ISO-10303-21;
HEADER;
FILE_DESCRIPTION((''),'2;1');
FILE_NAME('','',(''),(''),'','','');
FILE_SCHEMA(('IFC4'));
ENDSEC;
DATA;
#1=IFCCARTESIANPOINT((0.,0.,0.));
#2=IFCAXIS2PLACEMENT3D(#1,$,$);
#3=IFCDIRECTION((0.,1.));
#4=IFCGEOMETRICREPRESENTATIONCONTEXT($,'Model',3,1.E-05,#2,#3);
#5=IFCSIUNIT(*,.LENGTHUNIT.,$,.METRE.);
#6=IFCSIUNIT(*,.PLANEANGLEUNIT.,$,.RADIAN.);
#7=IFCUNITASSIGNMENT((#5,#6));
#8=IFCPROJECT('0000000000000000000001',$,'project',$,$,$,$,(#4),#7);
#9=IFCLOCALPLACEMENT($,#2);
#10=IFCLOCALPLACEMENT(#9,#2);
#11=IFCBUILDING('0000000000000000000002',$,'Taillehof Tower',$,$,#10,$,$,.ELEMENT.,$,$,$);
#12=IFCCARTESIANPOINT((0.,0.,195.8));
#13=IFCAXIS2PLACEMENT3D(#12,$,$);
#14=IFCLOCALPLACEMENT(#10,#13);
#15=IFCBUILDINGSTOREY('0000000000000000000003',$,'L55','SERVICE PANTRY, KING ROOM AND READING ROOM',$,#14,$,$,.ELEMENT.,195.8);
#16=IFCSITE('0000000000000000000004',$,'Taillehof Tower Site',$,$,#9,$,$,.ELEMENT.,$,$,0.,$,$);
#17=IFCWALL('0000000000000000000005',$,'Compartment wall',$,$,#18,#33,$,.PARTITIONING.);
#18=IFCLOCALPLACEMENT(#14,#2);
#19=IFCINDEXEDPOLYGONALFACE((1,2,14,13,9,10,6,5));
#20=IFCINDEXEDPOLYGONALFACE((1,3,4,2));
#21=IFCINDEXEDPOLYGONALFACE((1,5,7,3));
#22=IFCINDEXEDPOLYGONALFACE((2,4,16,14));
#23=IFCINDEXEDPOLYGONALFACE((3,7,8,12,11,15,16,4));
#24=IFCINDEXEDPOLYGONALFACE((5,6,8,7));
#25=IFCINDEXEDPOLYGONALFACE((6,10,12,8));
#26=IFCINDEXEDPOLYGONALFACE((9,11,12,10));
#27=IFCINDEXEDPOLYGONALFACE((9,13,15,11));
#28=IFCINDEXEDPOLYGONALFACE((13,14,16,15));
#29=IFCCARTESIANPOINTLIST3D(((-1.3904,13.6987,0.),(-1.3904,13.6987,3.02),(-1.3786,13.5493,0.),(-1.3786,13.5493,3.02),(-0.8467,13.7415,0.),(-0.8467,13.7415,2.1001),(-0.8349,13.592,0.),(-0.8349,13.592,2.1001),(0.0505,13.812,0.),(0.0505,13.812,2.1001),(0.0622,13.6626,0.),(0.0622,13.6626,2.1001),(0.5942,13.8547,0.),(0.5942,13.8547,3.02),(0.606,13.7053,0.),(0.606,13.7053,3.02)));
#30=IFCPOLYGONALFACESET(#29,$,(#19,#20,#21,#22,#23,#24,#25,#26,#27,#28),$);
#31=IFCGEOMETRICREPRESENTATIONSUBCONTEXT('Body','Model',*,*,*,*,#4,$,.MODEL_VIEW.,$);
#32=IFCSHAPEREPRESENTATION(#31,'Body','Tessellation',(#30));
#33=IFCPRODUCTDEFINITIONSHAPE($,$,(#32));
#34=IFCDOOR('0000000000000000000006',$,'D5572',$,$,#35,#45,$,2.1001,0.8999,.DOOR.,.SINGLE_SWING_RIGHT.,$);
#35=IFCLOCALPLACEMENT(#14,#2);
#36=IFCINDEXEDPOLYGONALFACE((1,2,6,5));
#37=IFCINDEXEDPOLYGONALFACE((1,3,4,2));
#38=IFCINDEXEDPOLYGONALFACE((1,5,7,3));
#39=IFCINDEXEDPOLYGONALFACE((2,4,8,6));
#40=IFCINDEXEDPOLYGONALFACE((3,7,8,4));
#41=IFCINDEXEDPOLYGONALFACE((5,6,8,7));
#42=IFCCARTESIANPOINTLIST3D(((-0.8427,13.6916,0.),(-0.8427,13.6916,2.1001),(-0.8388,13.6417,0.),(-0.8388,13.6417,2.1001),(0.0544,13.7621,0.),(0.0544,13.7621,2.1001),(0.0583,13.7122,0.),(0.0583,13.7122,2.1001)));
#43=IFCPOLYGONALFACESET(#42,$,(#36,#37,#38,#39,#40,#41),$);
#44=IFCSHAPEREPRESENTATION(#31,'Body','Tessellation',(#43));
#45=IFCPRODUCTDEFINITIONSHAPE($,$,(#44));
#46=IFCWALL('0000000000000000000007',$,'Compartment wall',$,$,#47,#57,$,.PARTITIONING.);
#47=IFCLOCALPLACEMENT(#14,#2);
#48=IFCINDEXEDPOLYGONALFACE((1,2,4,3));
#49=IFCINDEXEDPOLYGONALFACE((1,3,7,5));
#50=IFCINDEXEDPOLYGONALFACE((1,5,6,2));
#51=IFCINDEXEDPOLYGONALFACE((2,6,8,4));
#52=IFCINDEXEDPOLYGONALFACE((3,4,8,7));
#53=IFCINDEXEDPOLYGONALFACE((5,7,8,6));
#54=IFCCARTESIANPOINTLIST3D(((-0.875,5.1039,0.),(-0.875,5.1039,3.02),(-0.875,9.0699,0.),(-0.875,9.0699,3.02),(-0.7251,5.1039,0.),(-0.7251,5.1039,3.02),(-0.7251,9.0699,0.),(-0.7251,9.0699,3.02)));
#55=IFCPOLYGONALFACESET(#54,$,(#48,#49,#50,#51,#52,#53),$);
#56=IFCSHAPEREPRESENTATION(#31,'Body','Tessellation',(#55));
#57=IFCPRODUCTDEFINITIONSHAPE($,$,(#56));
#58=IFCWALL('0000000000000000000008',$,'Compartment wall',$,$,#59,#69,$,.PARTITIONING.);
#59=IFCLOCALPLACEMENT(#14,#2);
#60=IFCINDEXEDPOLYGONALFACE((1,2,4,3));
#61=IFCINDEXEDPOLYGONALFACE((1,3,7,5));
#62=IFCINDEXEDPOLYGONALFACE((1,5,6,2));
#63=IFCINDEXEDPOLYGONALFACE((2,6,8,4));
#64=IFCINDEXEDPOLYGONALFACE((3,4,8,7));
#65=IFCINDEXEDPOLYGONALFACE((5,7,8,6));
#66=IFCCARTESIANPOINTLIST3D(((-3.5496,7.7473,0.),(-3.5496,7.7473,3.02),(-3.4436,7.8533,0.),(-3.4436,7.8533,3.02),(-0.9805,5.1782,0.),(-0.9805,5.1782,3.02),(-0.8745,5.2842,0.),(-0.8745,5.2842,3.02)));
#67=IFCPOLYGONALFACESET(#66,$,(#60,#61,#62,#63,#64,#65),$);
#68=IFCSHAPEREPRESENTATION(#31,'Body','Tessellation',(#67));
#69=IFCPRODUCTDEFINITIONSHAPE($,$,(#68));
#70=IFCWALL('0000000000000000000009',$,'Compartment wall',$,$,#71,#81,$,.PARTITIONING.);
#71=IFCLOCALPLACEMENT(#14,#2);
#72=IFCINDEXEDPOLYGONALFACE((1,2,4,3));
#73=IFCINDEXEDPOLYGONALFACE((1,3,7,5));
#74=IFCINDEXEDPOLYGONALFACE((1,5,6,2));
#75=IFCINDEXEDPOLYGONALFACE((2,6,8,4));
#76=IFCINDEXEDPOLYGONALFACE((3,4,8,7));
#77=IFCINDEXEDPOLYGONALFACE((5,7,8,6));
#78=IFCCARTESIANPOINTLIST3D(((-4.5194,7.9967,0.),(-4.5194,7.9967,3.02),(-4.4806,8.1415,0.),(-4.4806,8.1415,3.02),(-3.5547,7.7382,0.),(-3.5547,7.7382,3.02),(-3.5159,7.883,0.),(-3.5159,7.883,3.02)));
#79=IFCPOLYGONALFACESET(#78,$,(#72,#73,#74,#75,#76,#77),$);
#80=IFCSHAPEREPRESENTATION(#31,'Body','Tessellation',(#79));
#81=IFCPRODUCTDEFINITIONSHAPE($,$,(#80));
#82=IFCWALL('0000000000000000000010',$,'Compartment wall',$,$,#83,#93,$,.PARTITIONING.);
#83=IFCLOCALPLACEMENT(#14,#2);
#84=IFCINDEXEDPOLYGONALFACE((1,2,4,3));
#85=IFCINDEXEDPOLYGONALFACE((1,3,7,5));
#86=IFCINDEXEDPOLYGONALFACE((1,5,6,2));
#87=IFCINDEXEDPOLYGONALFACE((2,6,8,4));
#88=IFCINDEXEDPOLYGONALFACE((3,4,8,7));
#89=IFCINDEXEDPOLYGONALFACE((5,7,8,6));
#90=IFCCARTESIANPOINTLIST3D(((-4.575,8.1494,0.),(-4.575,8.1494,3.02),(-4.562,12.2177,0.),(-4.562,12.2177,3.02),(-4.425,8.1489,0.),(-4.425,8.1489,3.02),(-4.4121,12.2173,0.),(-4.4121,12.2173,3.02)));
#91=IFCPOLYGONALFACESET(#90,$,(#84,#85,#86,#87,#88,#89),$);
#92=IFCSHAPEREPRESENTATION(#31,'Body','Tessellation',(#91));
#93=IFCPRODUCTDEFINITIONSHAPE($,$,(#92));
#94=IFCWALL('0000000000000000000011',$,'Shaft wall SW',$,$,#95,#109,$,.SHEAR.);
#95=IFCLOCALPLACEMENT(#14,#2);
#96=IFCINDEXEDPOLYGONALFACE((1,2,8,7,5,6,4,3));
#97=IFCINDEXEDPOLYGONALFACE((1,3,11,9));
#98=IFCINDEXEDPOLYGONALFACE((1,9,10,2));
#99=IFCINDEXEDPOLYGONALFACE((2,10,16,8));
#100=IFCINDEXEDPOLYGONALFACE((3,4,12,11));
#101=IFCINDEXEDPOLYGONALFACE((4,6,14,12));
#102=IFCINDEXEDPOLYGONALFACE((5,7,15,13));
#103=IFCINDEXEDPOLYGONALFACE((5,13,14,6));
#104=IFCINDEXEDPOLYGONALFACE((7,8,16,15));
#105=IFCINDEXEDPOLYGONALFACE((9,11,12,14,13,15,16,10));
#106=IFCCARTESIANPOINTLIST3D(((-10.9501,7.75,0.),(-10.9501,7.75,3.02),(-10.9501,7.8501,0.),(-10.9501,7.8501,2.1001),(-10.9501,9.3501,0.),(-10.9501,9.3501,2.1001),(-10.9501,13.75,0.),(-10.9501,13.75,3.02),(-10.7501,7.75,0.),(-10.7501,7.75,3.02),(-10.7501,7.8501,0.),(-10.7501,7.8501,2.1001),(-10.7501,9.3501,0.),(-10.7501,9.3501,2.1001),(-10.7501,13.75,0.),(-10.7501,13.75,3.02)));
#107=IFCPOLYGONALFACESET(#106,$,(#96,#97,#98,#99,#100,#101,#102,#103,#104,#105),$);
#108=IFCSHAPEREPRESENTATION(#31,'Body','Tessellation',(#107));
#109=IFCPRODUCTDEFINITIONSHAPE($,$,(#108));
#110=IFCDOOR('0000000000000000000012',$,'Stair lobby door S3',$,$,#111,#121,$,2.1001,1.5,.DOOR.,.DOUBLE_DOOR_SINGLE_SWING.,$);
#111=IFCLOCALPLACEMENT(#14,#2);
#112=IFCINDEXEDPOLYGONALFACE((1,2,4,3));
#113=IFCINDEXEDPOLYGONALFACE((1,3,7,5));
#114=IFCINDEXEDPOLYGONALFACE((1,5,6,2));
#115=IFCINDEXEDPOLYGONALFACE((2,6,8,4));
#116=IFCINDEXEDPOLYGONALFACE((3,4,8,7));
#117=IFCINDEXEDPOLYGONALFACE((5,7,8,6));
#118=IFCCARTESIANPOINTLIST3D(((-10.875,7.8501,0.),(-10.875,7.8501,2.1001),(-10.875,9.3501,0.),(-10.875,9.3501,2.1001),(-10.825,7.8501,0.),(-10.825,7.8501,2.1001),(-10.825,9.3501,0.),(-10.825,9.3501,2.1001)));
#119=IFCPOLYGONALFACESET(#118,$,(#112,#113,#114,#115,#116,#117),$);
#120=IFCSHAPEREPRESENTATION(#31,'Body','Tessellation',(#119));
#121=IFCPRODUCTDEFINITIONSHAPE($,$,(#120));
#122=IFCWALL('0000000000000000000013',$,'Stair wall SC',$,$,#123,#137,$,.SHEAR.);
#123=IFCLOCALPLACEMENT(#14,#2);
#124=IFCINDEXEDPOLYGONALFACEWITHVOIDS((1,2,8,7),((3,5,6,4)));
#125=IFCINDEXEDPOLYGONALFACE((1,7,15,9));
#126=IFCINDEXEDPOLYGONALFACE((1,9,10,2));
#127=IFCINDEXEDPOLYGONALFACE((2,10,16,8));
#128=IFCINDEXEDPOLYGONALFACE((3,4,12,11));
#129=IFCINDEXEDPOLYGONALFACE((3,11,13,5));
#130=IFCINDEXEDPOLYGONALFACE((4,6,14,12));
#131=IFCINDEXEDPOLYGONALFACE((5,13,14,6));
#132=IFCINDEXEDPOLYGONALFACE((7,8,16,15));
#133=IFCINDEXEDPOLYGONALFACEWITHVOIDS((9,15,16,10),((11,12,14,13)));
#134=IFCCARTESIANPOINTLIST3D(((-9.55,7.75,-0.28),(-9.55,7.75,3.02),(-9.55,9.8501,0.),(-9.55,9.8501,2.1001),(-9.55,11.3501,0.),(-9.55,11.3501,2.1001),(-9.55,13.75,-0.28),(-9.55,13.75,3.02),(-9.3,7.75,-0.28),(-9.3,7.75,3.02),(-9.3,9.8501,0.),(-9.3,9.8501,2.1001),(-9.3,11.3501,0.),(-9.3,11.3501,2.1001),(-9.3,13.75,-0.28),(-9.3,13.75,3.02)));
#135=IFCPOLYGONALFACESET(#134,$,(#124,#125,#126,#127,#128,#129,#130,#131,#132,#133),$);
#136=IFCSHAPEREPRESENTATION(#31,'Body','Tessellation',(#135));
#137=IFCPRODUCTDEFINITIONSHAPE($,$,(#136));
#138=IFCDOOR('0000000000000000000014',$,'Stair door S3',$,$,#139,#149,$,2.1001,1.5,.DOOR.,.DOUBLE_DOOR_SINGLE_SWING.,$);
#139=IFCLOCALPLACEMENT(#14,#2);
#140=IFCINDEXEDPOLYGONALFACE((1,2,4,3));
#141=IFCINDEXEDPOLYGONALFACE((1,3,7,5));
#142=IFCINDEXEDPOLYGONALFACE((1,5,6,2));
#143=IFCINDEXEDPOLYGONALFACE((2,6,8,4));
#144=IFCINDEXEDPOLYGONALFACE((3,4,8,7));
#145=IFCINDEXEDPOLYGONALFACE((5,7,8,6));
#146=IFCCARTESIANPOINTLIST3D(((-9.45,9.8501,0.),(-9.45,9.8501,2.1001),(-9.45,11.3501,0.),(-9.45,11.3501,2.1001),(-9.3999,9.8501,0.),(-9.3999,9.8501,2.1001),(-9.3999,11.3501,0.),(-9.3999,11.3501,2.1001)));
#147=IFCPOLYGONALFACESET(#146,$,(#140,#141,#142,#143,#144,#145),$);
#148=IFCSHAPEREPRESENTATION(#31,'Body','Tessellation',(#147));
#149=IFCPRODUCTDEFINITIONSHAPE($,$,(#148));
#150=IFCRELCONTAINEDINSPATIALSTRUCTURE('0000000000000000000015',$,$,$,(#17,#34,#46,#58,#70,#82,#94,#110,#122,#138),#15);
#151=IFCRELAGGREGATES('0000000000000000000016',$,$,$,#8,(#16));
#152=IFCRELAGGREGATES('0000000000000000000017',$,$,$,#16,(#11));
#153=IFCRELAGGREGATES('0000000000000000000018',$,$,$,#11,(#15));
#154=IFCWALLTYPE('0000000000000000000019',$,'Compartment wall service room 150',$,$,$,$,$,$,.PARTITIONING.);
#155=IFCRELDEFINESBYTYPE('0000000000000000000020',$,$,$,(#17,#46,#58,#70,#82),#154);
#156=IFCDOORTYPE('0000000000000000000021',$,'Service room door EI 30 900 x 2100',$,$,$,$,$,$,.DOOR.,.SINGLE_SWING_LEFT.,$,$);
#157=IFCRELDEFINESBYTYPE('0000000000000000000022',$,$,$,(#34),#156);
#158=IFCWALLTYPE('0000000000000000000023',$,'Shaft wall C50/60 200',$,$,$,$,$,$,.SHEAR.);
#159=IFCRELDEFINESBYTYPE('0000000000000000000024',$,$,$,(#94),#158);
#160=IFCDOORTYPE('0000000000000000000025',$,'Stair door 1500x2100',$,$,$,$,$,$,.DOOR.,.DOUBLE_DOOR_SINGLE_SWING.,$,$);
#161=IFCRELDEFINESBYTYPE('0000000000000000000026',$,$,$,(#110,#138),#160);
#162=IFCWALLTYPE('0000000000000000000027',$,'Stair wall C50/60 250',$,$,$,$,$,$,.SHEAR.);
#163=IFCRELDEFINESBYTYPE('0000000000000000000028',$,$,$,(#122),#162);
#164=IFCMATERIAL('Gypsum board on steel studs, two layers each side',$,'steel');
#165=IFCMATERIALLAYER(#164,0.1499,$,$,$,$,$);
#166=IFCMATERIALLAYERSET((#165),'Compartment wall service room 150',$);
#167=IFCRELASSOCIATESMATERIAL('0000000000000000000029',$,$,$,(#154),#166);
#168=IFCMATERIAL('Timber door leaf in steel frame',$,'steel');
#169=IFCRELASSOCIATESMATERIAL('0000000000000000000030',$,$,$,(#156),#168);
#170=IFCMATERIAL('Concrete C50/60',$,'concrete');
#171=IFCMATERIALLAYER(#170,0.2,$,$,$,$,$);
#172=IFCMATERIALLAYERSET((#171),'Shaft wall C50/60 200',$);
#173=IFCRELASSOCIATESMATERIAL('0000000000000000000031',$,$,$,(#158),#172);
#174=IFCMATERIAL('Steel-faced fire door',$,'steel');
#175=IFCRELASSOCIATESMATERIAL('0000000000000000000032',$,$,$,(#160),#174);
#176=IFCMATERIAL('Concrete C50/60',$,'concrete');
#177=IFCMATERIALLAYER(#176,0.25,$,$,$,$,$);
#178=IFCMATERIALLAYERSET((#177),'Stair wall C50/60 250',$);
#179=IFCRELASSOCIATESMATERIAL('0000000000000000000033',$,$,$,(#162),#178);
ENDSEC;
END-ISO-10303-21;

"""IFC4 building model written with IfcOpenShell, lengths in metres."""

from ifc_helpers import new_model, si_unit, direction, frame, frame_2d, origin, place, context, subcontext, project, spatial, rectangle, extrude, material, layer, layer_set, type_object, element, fill, save


model = new_model("IFC4")

# Units and contexts
model_context = context("Model", 3, precision=1e-05, world=origin(), true_north=direction((0.0, 1.0)))
body_context = subcontext(model_context, "Body", "Model", "MODEL_VIEW")
ifc_project = project(units=[si_unit("LENGTHUNIT", "METRE"), si_unit("PLANEANGLEUNIT", "RADIAN")], contexts=[model_context])

# Site, building, storey
site_placement = place(None, origin())
site = spatial("IfcSite", under=ifc_project, at=site_placement, Name="Taillehof Tower Site", CompositionType="ELEMENT", RefElevation=0.0)
building_placement = place(site_placement, origin())
building = spatial("IfcBuilding", under=site, at=building_placement, Name="Taillehof Tower", CompositionType="ELEMENT")
storey_placement = place(building_placement, frame((0.0, 0.0, 195.8)))
storey = spatial("IfcBuildingStorey", under=building, at=storey_placement, Name="L55", Description="SERVICE PANTRY, KING ROOM AND READING ROOM", CompositionType="ELEMENT", Elevation=195.8)

# Shared definitions
ifc_material_1 = material(Name="Gypsum board on steel studs, two layers each side", Category="steel")
ifc_layer_1 = layer(ifc_material_1, 0.1499)
ifc_layer_set_1 = layer_set([ifc_layer_1], Name="Compartment wall service room 150")
wall_type_1 = type_object("IfcWallType", Name="Compartment wall service room 150", PredefinedType="PARTITIONING", material=ifc_layer_set_1)

# Wall, opening, door
wall_1_placement = place(storey_placement, frame((-1.3845, 13.624, 0.0), z_axis=(0.0, 0.0, 1.0), x_axis=(0.996925, 0.078366, 0.0)))
wall_1 = element("IfcWall", 1, at=wall_1_placement, inside=storey, type_object=wall_type_1, Name="Compartment wall", PredefinedType="PARTITIONING", context=body_context, shape_type="SweptSolid", body=[
    extrude(rectangle(XDim=1.9907, YDim=0.1499, at=frame_2d((0.9954, 0.0))), origin(), (0.0, 0.0, 1.0), 3.02),
])
opening_1_placement = place(wall_1_placement, frame((0.5454, 0.0, 0.0)))
opening_1 = element("IfcOpeningElement", 2, at=opening_1_placement, cuts=wall_1, PredefinedType="OPENING", context=body_context, shape_type="SweptSolid", body=[
    extrude(rectangle(XDim=0.8999, YDim=2.1001, at=frame_2d((0.45, 1.05))), frame((0.0, 0.085, 0.0), z_axis=(0.0, -1.0, 0.0), x_axis=(1.0, 0.0, 0.0)), (0.0, 0.0, 1.0), 0.1699),
])
ifc_material_2 = material(Name="Timber door leaf in steel frame", Category="steel")
door_type_1 = type_object("IfcDoorType", Name="Service room door EI 30 900 x 2100", OperationType="SINGLE_SWING_LEFT", PredefinedType="DOOR", material=ifc_material_2)
door_1_placement = place(opening_1_placement, origin())
door_1 = element("IfcDoor", 3, at=door_1_placement, inside=storey, type_object=door_type_1, Name="D5572", OperationType="SINGLE_SWING_RIGHT", OverallHeight=2.1001, OverallWidth=0.8999, PredefinedType="DOOR", context=body_context, shape_type="SweptSolid", body=[
    extrude(rectangle(XDim=0.8999, YDim=2.1001, at=frame_2d((0.45, 1.05))), frame((0.0, 0.0249, 0.0), z_axis=(0.0, -1.0, 0.0), x_axis=(1.0, 0.0, 0.0)), (0.0, 0.0, 1.0), 0.05),
])
fill(opening_1, door_1)

# Walls
wall_2_placement = place(storey_placement, frame((-0.8, 9.0698, 0.0), z_axis=(0.0, 0.0, 1.0), x_axis=(0.0, -1.0, 0.0)))
element("IfcWall", 4, at=wall_2_placement, inside=storey, type_object=wall_type_1, Name="Compartment wall", PredefinedType="PARTITIONING", context=body_context, shape_type="SweptSolid", body=[
    extrude(rectangle(XDim=3.9661, YDim=0.1499, at=frame_2d((1.9829, 0.0))), origin(), (0.0, 0.0, 1.0), 3.02),
])
wall_3_placement = place(storey_placement, frame((-0.9275, 5.2312, 0.0), z_axis=(0.0, 0.0, 1.0), x_axis=(-0.707107, 0.707107, 0.0)))
element("IfcWall", 5, at=wall_3_placement, inside=storey, type_object=wall_type_1, Name="Compartment wall", PredefinedType="PARTITIONING", context=body_context, shape_type="SweptSolid", body=[
    extrude(rectangle(XDim=3.6333, YDim=0.1499, at=frame_2d((1.8167, 0.0))), origin(), (0.0, 0.0, 1.0), 3.02),
])
wall_4_placement = place(storey_placement, frame((-3.5352, 7.8105, 0.0), z_axis=(0.0, 0.0, 1.0), x_axis=(-0.965922, 0.258834, 0.0)))
element("IfcWall", 6, at=wall_4_placement, inside=storey, type_object=wall_type_1, Name="Compartment wall", PredefinedType="PARTITIONING", context=body_context, shape_type="SweptSolid", body=[
    extrude(rectangle(XDim=0.9988, YDim=0.1499, at=frame_2d((0.4995, 0.0))), origin(), (0.0, 0.0, 1.0), 3.02),
])
wall_5_placement = place(storey_placement, frame((-4.5, 8.1492, 0.0), z_axis=(0.0, 0.0, 1.0), x_axis=(0.00318, 0.999995, 0.0)))
element("IfcWall", 7, at=wall_5_placement, inside=storey, type_object=wall_type_1, Name="Compartment wall", PredefinedType="PARTITIONING", context=body_context, shape_type="SweptSolid", body=[
    extrude(rectangle(XDim=4.0684, YDim=0.1499, at=frame_2d((2.0342, 0.0))), origin(), (0.0, 0.0, 1.0), 3.02),
])

# Walls, openings, doors
ifc_material_3 = material(Name="Concrete C50/60", Category="concrete")
ifc_layer_2 = layer(ifc_material_3, 0.2)
ifc_layer_set_2 = layer_set([ifc_layer_2], Name="Shaft wall C50/60 200")
wall_type_2 = type_object("IfcWallType", Name="Shaft wall C50/60 200", PredefinedType="SHEAR", material=ifc_layer_set_2)
wall_6_placement = place(storey_placement, frame((-10.8501, 7.75, 0.0), z_axis=(0.0, 0.0, 1.0), x_axis=(0.0, 1.0, 0.0)))
wall_6 = element("IfcWall", 8, at=wall_6_placement, inside=storey, type_object=wall_type_2, Name="Shaft wall SW", PredefinedType="SHEAR", context=body_context, shape_type="SweptSolid", body=[
    extrude(rectangle(XDim=6.0, YDim=0.2, at=frame_2d((3.0, 0.0))), origin(), (0.0, 0.0, 1.0), 3.02),
])
opening_2_placement = place(wall_6_placement, frame((0.1001, 0.0, 0.0)))
opening_2 = element("IfcOpeningElement", 9, at=opening_2_placement, cuts=wall_6, PredefinedType="OPENING", context=body_context, shape_type="SweptSolid", body=[
    extrude(rectangle(XDim=1.5, YDim=2.1001, at=frame_2d((0.75, 1.05))), frame((0.0, 0.1099, 0.0), z_axis=(0.0, -1.0, 0.0), x_axis=(1.0, 0.0, 0.0)), (0.0, 0.0, 1.0), 0.22),
])
ifc_material_4 = material(Name="Steel-faced fire door", Category="steel")
door_type_2 = type_object("IfcDoorType", Name="Stair door 1500x2100", OperationType="DOUBLE_DOOR_SINGLE_SWING", PredefinedType="DOOR", material=ifc_material_4)
door_2_placement = place(opening_2_placement, origin())
door_2 = element("IfcDoor", 10, at=door_2_placement, inside=storey, type_object=door_type_2, Name="Stair lobby door S3", OperationType="DOUBLE_DOOR_SINGLE_SWING", OverallHeight=2.1001, OverallWidth=1.5, PredefinedType="DOOR", context=body_context, shape_type="SweptSolid", body=[
    extrude(rectangle(XDim=1.5, YDim=2.1001, at=frame_2d((0.75, 1.05))), frame((0.0, 0.0249, 0.0), z_axis=(0.0, -1.0, 0.0), x_axis=(1.0, 0.0, 0.0)), (0.0, 0.0, 1.0), 0.05),
])
fill(opening_2, door_2)
ifc_material_5 = material(Name="Concrete C50/60", Category="concrete")
ifc_layer_3 = layer(ifc_material_5, 0.25)
ifc_layer_set_3 = layer_set([ifc_layer_3], Name="Stair wall C50/60 250")
wall_type_3 = type_object("IfcWallType", Name="Stair wall C50/60 250", PredefinedType="SHEAR", material=ifc_layer_set_3)
wall_7_placement = place(storey_placement, frame((-9.425, 7.75, -0.28), z_axis=(0.0, 0.0, 1.0), x_axis=(0.0, 1.0, 0.0)))
wall_7 = element("IfcWall", 11, at=wall_7_placement, inside=storey, type_object=wall_type_3, Name="Stair wall SC", PredefinedType="SHEAR", context=body_context, shape_type="SweptSolid", body=[
    extrude(rectangle(XDim=6.0, YDim=0.25, at=frame_2d((3.0, 0.0))), origin(), (0.0, 0.0, 1.0), 3.3),
])
opening_3_placement = place(wall_7_placement, frame((2.1001, 0.0, 0.28)))
opening_3 = element("IfcOpeningElement", 12, at=opening_3_placement, cuts=wall_7, PredefinedType="OPENING", context=body_context, shape_type="SweptSolid", body=[
    extrude(rectangle(XDim=1.5, YDim=2.1001, at=frame_2d((0.75, 1.05))), frame((0.0, 0.135, 0.0), z_axis=(0.0, -1.0, 0.0), x_axis=(1.0, 0.0, 0.0)), (0.0, 0.0, 1.0), 0.27),
])
door_3_placement = place(opening_3_placement, origin())
door_3 = element("IfcDoor", 13, at=door_3_placement, inside=storey, type_object=door_type_2, Name="Stair door S3", OperationType="DOUBLE_DOOR_SINGLE_SWING", OverallHeight=2.1001, OverallWidth=1.5, PredefinedType="DOOR", context=body_context, shape_type="SweptSolid", body=[
    extrude(rectangle(XDim=1.5, YDim=2.1001, at=frame_2d((0.75, 1.05))), frame((0.0, 0.0249, 0.0), z_axis=(0.0, -1.0, 0.0), x_axis=(1.0, 0.0, 0.0)), (0.0, 0.0, 1.0), 0.05),
])
fill(opening_3, door_3)

save(model, "model.ifc")
